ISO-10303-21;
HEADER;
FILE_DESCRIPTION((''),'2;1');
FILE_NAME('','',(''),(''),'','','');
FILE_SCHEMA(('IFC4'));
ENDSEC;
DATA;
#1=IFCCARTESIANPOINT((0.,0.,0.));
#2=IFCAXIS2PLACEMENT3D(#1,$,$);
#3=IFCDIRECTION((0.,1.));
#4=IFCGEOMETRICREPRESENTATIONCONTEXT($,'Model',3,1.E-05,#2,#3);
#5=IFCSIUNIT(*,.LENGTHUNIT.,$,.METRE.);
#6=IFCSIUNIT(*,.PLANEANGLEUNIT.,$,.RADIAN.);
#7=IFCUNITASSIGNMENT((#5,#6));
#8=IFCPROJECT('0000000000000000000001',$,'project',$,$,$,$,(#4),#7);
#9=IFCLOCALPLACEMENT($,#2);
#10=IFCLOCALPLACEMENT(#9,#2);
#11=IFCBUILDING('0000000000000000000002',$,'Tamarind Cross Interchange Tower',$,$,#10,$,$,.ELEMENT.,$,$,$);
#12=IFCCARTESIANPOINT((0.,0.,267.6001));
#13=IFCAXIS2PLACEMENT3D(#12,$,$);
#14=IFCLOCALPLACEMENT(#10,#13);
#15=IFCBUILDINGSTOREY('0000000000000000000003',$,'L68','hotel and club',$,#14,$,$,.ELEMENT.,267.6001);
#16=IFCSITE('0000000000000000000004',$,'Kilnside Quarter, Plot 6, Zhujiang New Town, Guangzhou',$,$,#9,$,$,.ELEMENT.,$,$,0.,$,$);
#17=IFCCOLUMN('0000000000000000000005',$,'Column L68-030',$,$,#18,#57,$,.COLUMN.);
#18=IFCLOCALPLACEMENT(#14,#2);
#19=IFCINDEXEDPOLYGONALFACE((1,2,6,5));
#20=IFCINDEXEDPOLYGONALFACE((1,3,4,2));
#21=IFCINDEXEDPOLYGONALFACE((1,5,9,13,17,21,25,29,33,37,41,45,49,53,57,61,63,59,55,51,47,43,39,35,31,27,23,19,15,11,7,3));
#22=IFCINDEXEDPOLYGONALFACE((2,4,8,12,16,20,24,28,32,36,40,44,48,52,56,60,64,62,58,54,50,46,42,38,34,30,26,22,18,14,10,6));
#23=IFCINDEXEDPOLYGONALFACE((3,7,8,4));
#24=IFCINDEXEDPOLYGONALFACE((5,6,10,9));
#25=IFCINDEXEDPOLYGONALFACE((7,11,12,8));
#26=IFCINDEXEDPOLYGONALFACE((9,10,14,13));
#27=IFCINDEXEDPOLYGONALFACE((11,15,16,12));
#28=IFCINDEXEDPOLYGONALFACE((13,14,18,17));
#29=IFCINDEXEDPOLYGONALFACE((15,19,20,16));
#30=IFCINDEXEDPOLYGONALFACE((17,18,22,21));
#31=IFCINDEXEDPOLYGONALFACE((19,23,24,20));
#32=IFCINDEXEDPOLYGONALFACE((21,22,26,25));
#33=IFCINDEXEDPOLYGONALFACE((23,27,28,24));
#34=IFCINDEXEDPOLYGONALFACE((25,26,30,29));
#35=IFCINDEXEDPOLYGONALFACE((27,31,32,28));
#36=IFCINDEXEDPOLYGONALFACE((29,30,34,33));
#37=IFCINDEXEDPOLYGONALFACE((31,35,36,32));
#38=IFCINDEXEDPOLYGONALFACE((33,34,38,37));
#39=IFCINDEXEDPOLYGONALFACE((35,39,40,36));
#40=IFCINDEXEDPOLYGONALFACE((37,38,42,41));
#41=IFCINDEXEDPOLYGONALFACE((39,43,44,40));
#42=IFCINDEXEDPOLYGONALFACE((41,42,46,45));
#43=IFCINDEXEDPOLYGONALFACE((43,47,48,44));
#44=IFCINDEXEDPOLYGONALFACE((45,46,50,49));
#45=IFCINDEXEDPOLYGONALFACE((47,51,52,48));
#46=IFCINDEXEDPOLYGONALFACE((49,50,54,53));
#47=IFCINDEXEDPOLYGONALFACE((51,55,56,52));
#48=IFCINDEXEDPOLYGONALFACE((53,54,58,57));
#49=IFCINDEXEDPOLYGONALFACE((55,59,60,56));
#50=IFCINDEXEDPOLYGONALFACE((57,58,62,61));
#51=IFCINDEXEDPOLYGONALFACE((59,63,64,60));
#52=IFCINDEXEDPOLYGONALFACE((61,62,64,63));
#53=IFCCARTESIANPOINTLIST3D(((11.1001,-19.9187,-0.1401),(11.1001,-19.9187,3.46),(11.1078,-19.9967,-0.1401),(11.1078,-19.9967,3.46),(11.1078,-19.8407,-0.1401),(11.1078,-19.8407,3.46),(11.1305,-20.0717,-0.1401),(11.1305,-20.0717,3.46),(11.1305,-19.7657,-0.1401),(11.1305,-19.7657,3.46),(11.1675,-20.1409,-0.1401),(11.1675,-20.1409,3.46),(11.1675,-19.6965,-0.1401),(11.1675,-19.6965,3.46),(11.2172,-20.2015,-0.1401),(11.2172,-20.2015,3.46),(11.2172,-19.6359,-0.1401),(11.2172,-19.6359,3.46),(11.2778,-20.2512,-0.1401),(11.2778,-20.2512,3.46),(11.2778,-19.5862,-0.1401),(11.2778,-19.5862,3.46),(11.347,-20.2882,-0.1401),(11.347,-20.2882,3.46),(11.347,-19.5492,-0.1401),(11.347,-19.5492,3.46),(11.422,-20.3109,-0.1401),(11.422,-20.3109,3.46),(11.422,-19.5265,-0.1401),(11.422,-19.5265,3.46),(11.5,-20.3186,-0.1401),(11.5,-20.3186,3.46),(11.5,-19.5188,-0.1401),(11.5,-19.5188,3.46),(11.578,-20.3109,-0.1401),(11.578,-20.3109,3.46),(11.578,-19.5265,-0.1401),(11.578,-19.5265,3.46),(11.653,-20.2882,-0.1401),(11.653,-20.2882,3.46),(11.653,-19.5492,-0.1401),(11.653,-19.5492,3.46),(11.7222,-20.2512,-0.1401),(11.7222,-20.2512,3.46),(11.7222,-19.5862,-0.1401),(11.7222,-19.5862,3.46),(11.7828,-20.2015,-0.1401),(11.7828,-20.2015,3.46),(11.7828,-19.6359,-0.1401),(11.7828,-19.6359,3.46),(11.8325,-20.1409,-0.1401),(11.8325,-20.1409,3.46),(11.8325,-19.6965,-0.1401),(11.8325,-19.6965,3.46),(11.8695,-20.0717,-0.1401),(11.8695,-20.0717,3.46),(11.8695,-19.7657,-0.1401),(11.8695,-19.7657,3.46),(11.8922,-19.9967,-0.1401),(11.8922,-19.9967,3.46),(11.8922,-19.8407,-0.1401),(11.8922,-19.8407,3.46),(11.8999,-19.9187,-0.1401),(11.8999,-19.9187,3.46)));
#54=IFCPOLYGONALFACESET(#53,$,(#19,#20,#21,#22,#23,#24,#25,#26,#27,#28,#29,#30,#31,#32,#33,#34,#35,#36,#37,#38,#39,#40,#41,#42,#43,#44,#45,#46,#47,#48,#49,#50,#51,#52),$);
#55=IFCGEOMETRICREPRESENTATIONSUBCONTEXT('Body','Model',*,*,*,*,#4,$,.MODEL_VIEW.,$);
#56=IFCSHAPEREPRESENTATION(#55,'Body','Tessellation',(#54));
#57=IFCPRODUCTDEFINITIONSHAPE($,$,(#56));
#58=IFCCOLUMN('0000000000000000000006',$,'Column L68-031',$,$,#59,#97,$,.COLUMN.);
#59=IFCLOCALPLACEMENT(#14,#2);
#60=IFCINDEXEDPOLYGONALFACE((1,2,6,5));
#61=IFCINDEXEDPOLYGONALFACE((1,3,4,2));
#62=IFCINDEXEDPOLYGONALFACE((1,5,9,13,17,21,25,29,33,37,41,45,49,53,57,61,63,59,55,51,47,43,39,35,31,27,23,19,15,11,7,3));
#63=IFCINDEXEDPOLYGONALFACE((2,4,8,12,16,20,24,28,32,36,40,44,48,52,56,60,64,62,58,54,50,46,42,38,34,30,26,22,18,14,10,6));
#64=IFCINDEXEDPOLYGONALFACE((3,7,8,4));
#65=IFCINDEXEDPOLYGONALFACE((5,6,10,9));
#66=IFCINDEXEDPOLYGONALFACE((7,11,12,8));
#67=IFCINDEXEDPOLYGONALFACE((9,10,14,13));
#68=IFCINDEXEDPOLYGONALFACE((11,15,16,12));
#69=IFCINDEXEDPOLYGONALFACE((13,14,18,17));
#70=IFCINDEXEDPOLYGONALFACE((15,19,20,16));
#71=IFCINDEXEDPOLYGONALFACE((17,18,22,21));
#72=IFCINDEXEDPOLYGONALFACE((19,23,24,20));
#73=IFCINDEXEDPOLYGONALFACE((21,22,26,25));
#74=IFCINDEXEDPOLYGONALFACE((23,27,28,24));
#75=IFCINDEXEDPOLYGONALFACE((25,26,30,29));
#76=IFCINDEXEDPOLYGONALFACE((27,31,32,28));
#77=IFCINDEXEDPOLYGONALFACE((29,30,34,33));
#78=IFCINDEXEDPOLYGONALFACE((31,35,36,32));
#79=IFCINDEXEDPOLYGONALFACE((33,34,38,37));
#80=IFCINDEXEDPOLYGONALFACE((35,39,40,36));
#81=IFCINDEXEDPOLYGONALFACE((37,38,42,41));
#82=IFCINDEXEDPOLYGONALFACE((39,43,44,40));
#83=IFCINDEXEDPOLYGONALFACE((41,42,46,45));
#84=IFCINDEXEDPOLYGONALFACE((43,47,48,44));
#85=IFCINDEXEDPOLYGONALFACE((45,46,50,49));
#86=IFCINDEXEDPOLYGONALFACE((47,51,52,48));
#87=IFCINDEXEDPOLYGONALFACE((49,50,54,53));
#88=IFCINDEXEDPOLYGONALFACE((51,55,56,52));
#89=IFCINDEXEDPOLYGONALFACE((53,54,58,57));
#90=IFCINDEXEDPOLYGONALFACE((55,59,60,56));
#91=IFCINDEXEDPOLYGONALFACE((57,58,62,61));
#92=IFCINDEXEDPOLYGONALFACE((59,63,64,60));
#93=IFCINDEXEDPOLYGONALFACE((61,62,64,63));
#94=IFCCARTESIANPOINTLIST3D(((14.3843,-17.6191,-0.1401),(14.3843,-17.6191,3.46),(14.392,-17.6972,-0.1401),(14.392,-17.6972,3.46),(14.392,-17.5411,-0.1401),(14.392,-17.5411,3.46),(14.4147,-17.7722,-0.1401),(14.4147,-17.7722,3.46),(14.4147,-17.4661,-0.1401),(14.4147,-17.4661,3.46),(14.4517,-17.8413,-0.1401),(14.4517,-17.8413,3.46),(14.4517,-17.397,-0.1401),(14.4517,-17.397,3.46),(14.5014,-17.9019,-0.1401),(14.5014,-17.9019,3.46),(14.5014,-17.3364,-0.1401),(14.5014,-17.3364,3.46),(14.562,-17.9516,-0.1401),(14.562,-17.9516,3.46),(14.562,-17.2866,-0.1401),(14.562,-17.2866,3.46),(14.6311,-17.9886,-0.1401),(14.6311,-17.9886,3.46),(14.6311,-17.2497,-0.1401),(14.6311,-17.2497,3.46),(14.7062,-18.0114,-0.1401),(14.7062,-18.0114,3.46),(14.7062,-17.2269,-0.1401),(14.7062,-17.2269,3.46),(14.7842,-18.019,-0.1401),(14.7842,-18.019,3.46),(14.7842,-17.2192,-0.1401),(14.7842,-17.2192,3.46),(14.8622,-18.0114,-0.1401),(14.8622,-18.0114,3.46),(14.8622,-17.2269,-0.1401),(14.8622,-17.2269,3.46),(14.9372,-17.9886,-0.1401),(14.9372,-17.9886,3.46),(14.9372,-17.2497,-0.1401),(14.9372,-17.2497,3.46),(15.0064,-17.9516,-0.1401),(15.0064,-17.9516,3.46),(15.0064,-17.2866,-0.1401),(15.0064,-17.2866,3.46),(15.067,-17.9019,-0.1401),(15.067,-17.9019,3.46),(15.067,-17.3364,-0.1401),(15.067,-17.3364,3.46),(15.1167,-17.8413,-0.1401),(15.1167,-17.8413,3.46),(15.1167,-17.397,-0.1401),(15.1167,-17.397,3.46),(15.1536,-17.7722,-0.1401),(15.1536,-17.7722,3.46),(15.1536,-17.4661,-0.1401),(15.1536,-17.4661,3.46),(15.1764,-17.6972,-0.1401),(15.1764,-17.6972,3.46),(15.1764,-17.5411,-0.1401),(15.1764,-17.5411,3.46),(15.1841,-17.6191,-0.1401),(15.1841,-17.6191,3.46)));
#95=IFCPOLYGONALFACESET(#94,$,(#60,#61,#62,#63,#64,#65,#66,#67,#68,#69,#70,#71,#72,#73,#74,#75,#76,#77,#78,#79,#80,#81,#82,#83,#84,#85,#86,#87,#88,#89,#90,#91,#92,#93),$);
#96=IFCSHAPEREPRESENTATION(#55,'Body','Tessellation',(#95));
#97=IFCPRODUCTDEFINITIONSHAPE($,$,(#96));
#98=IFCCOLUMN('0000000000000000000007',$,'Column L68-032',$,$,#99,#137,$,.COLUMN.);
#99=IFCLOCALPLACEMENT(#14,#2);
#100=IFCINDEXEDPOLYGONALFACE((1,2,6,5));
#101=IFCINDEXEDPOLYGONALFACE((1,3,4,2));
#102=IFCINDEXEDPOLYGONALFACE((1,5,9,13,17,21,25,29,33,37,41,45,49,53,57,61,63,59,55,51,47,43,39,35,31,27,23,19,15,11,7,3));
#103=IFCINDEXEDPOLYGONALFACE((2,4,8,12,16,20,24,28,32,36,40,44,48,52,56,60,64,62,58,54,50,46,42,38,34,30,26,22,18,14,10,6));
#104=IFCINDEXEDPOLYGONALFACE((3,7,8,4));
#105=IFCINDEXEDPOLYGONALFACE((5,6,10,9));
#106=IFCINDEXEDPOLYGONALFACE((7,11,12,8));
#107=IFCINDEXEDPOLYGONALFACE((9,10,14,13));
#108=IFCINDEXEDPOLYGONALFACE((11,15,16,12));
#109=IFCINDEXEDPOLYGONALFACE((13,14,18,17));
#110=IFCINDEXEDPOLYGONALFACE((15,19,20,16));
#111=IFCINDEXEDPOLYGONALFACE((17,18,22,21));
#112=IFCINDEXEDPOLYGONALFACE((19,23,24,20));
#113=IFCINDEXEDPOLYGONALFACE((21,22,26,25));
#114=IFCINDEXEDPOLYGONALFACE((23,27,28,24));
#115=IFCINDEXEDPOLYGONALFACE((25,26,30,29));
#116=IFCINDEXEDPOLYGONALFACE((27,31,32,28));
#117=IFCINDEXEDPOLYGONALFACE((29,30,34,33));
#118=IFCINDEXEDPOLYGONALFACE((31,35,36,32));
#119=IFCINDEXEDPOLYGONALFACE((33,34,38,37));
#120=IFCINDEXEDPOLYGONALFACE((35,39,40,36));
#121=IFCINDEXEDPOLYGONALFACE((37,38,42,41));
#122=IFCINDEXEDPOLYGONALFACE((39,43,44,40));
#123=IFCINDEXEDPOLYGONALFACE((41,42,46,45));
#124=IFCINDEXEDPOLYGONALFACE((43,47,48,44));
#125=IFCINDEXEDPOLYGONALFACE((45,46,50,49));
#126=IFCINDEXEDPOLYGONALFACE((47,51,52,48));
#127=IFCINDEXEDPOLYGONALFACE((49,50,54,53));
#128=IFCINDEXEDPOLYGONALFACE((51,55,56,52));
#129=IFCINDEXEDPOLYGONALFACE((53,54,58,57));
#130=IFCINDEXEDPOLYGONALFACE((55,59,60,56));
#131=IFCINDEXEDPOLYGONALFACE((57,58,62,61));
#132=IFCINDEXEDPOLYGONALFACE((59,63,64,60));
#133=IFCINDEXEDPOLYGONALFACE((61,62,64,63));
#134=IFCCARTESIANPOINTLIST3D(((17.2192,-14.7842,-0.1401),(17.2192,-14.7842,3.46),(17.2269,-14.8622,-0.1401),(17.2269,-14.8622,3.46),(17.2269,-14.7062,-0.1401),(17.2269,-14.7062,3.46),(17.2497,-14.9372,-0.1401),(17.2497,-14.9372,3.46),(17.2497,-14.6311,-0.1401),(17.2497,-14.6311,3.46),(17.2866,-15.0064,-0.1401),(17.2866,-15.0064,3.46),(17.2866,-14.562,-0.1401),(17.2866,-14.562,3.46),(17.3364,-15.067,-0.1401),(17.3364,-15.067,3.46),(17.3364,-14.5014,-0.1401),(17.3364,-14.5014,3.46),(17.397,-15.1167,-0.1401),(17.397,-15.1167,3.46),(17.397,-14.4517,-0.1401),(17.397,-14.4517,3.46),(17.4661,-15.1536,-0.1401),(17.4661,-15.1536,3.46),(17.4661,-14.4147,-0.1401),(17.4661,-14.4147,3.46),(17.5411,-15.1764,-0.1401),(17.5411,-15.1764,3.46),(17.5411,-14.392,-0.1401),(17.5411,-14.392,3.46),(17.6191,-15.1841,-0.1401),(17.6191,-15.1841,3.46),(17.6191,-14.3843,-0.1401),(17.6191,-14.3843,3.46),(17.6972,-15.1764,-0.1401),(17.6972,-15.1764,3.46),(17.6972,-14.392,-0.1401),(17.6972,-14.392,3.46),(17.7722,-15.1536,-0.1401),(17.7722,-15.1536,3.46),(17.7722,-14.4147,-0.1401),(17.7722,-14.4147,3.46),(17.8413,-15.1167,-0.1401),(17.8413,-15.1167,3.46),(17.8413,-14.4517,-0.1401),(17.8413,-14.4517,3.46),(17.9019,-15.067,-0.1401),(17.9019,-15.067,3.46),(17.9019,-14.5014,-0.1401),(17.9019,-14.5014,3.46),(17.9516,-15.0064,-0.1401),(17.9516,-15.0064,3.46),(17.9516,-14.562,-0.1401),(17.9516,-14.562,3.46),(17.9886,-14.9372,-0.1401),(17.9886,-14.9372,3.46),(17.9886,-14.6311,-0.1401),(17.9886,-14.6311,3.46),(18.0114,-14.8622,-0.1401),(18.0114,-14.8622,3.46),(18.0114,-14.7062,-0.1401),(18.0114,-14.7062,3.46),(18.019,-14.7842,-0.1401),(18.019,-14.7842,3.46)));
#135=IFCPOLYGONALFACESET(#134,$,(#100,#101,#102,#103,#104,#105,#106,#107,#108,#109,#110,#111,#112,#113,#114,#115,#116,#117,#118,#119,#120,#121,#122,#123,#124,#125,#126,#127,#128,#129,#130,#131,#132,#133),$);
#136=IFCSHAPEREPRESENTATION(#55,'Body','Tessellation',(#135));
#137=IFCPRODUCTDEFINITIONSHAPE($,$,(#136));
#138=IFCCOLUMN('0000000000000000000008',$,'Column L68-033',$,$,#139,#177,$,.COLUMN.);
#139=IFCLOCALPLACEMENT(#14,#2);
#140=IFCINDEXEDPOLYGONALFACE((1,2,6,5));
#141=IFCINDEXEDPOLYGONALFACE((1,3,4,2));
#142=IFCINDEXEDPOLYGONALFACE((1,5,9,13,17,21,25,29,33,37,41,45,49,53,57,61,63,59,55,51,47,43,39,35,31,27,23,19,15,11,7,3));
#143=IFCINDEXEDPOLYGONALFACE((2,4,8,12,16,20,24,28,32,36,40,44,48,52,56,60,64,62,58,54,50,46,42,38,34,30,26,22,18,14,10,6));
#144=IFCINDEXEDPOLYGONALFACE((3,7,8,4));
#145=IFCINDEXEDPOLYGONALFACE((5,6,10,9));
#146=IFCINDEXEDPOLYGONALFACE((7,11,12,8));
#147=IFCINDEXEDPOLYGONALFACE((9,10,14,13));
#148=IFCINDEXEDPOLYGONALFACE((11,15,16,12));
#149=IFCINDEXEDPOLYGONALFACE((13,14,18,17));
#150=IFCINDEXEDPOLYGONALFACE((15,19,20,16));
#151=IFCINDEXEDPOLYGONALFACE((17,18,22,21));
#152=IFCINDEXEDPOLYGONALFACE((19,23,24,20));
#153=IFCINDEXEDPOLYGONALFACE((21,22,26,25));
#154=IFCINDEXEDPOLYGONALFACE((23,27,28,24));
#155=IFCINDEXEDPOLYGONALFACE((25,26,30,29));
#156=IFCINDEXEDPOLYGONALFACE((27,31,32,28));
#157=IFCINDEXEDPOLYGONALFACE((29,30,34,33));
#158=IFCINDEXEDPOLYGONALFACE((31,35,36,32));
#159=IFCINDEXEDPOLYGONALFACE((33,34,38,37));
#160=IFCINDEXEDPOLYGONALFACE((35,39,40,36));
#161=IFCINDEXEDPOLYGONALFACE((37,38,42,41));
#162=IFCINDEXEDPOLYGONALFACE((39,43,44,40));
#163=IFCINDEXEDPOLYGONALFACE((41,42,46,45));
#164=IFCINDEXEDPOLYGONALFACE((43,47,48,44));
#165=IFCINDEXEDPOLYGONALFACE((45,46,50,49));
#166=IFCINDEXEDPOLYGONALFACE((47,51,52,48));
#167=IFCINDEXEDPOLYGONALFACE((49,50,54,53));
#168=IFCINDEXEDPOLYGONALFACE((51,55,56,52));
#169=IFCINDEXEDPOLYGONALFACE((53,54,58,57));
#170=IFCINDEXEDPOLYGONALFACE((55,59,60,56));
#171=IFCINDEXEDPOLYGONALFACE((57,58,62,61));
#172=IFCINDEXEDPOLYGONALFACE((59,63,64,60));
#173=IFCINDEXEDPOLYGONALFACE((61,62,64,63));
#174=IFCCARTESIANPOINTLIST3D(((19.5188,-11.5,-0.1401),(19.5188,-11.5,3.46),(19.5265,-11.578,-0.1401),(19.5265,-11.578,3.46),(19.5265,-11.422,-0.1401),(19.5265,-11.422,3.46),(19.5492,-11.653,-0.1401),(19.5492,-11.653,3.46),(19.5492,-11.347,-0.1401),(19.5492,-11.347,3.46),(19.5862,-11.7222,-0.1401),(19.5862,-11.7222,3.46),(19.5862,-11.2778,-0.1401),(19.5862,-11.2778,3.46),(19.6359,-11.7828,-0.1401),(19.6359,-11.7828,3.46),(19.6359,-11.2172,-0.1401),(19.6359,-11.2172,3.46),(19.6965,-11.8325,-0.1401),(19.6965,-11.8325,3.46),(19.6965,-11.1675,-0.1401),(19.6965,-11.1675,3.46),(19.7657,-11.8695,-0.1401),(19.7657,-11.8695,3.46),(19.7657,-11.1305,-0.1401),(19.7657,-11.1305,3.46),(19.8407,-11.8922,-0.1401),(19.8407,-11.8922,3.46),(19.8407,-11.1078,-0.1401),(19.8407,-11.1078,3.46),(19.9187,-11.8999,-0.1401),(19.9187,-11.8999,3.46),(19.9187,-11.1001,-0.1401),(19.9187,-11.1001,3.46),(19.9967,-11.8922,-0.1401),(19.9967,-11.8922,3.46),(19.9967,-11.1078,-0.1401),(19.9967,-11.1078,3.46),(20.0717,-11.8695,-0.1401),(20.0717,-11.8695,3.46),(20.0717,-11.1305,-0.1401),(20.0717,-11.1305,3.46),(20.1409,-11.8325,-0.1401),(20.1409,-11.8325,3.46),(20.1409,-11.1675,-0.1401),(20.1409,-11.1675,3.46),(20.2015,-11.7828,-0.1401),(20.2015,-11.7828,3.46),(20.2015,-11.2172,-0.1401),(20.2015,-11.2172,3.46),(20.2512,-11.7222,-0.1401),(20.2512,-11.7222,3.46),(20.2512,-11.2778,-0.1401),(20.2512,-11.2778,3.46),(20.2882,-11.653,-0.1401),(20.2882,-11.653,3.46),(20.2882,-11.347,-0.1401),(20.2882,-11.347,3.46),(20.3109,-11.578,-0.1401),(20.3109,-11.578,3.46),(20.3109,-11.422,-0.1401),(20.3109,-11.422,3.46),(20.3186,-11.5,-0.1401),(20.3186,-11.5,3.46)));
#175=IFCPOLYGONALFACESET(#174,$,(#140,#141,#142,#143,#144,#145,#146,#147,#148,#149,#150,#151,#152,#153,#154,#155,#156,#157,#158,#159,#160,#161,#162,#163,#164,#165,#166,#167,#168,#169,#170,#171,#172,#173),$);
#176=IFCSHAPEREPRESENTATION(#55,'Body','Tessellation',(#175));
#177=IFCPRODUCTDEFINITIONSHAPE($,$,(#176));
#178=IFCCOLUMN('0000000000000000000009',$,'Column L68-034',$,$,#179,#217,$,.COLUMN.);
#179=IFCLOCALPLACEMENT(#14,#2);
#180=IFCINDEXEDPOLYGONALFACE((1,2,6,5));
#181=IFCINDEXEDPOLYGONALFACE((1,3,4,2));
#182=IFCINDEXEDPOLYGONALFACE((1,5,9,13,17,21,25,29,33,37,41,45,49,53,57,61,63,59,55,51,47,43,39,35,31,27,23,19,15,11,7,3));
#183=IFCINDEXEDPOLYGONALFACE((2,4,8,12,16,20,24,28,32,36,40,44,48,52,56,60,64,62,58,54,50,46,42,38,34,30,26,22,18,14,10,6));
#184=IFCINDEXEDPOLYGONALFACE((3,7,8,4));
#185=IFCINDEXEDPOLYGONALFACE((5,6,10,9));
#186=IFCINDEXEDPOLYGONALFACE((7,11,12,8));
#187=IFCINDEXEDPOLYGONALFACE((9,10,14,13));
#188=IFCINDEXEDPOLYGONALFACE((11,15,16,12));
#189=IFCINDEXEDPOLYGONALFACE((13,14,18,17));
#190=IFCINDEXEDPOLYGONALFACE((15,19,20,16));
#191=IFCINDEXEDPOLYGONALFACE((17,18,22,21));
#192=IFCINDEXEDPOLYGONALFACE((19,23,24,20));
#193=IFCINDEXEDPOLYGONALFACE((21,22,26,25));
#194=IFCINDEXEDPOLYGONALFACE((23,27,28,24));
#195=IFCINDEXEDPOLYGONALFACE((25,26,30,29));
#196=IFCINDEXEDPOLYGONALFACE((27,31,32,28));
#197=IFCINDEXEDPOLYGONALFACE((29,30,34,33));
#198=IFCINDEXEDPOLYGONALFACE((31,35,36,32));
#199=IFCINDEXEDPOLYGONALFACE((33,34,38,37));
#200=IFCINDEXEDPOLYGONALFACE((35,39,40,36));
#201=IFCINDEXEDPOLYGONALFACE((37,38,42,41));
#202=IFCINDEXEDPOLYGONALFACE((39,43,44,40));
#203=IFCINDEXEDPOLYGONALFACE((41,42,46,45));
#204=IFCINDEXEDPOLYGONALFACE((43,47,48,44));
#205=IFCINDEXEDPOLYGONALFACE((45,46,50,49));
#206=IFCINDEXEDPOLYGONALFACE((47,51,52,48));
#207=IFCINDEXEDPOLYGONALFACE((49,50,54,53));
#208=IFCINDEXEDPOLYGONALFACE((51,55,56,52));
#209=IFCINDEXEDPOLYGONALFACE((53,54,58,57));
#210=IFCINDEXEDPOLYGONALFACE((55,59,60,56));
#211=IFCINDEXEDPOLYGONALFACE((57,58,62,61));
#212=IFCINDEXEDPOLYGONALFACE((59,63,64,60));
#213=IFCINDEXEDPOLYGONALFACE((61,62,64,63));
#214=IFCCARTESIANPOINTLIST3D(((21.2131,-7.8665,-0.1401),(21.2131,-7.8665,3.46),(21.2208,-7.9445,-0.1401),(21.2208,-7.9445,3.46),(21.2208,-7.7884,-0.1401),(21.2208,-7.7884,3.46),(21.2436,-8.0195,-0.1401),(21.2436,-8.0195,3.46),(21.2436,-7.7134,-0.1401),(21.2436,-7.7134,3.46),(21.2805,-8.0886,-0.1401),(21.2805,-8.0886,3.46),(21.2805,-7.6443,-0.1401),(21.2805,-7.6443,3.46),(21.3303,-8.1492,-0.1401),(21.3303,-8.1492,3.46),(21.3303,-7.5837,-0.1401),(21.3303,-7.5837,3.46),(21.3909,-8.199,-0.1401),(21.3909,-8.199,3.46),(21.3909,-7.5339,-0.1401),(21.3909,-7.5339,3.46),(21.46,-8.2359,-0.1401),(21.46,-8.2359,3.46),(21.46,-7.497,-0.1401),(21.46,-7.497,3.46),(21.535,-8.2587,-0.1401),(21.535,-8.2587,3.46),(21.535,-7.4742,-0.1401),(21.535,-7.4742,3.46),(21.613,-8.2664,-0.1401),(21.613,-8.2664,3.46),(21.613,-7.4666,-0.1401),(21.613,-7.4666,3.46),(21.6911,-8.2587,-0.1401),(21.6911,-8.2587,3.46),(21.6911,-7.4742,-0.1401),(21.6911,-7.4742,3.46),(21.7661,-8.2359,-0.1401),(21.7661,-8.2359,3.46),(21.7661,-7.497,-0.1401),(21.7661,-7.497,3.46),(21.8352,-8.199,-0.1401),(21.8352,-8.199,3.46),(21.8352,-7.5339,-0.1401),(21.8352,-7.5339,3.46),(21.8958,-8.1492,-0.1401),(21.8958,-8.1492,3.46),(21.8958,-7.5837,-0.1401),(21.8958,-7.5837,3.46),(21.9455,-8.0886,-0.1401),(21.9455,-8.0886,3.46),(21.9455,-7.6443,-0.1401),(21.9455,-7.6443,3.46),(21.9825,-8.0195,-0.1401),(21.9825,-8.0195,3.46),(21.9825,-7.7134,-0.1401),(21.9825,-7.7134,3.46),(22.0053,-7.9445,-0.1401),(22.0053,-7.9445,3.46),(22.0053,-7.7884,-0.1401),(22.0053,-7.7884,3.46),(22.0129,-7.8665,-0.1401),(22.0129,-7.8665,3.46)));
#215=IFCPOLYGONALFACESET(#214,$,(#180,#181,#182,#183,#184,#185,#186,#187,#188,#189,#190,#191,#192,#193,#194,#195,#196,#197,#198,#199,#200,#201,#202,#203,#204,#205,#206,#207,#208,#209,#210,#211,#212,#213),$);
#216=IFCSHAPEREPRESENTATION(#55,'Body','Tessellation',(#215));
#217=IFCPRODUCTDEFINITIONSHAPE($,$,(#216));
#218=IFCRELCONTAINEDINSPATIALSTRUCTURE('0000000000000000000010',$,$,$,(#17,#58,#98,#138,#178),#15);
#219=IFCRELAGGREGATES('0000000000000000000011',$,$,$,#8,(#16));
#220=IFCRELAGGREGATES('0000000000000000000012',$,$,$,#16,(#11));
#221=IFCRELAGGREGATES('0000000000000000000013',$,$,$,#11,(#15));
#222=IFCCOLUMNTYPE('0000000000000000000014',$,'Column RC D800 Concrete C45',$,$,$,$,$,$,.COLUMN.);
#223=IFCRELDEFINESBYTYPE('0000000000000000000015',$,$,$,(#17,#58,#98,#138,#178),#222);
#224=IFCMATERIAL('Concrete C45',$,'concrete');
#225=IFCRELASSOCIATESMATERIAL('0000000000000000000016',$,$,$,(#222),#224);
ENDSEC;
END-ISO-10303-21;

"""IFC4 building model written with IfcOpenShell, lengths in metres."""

from ifc_helpers import new_model, si_unit, direction, frame, origin, origin_2d, place, context, subcontext, project, spatial, circle, extrude, material, material_profile, profile_set, type_object, element, save


model = new_model("IFC4")

# Units and contexts
model_context = context("Model", 3, precision=1e-05, world=origin(), true_north=direction((0.0, 1.0)))
body_context = subcontext(model_context, "Body", "Model", "MODEL_VIEW")
ifc_project = project(units=[si_unit("LENGTHUNIT", "METRE"), si_unit("PLANEANGLEUNIT", "RADIAN")], contexts=[model_context])

# Site, building, storey
site_placement = place(None, origin())
site = spatial("IfcSite", under=ifc_project, at=site_placement, Name="Kilnside Quarter, Plot 6, Zhujiang New Town, Guangzhou", CompositionType="ELEMENT", RefElevation=0.0)
building_placement = place(site_placement, origin())
building = spatial("IfcBuilding", under=site, at=building_placement, Name="Tamarind Cross Interchange Tower", CompositionType="ELEMENT")
storey_placement = place(building_placement, frame((0.0, 0.0, 267.6001)))
storey = spatial("IfcBuildingStorey", under=building, at=storey_placement, Name="L68", Description="hotel and club", CompositionType="ELEMENT", Elevation=267.6001)

# Columns
ifc_material_1 = material(Name="Concrete C45", Category="concrete")
ifc_material_profile_1 = material_profile(ifc_material_1, circle(Radius=0.3999, at=origin_2d()), Name="RC D800")
ifc_profile_set_1 = profile_set([ifc_material_profile_1], Name="Concrete C45")
column_type = type_object("IfcColumnType", Name="Column RC D800 Concrete C45", PredefinedType="COLUMN", material=ifc_profile_set_1)
for number, where, z_axis, x_axis, name in (
    (1, (11.5, -19.9187, -0.1401), (0.0, 0.0, 1.0), (1.0, 0.0, 0.0), "Column L68-030"),
    (2, (14.7842, -17.6191, -0.1401), (0.0, 0.0, 1.0), (1.0, 0.0, 0.0), "Column L68-031"),
    (3, (17.6191, -14.7842, -0.1401), (0.0, 0.0, 1.0), (1.0, 0.0, 0.0), "Column L68-032"),
    (4, (19.9187, -11.5, -0.1401), (0.0, 0.0, 1.0), (1.0, 0.0, 0.0), "Column L68-033"),
    (5, (21.613, -7.8665, -0.1401), (0.0, 0.0, 1.0), (1.0, 0.0, 0.0), "Column L68-034"),
):
    element("IfcColumn", number, at=place(storey_placement, frame(where, z_axis=z_axis, x_axis=x_axis)), inside=storey, type_object=column_type, Name=name, PredefinedType="COLUMN", context=body_context, shape_type="SweptSolid", body=[
        extrude(circle(Radius=0.3999, at=origin_2d()), origin(), (0.0, 0.0, 1.0), 3.6001),
    ])

save(model, "model.ifc")
